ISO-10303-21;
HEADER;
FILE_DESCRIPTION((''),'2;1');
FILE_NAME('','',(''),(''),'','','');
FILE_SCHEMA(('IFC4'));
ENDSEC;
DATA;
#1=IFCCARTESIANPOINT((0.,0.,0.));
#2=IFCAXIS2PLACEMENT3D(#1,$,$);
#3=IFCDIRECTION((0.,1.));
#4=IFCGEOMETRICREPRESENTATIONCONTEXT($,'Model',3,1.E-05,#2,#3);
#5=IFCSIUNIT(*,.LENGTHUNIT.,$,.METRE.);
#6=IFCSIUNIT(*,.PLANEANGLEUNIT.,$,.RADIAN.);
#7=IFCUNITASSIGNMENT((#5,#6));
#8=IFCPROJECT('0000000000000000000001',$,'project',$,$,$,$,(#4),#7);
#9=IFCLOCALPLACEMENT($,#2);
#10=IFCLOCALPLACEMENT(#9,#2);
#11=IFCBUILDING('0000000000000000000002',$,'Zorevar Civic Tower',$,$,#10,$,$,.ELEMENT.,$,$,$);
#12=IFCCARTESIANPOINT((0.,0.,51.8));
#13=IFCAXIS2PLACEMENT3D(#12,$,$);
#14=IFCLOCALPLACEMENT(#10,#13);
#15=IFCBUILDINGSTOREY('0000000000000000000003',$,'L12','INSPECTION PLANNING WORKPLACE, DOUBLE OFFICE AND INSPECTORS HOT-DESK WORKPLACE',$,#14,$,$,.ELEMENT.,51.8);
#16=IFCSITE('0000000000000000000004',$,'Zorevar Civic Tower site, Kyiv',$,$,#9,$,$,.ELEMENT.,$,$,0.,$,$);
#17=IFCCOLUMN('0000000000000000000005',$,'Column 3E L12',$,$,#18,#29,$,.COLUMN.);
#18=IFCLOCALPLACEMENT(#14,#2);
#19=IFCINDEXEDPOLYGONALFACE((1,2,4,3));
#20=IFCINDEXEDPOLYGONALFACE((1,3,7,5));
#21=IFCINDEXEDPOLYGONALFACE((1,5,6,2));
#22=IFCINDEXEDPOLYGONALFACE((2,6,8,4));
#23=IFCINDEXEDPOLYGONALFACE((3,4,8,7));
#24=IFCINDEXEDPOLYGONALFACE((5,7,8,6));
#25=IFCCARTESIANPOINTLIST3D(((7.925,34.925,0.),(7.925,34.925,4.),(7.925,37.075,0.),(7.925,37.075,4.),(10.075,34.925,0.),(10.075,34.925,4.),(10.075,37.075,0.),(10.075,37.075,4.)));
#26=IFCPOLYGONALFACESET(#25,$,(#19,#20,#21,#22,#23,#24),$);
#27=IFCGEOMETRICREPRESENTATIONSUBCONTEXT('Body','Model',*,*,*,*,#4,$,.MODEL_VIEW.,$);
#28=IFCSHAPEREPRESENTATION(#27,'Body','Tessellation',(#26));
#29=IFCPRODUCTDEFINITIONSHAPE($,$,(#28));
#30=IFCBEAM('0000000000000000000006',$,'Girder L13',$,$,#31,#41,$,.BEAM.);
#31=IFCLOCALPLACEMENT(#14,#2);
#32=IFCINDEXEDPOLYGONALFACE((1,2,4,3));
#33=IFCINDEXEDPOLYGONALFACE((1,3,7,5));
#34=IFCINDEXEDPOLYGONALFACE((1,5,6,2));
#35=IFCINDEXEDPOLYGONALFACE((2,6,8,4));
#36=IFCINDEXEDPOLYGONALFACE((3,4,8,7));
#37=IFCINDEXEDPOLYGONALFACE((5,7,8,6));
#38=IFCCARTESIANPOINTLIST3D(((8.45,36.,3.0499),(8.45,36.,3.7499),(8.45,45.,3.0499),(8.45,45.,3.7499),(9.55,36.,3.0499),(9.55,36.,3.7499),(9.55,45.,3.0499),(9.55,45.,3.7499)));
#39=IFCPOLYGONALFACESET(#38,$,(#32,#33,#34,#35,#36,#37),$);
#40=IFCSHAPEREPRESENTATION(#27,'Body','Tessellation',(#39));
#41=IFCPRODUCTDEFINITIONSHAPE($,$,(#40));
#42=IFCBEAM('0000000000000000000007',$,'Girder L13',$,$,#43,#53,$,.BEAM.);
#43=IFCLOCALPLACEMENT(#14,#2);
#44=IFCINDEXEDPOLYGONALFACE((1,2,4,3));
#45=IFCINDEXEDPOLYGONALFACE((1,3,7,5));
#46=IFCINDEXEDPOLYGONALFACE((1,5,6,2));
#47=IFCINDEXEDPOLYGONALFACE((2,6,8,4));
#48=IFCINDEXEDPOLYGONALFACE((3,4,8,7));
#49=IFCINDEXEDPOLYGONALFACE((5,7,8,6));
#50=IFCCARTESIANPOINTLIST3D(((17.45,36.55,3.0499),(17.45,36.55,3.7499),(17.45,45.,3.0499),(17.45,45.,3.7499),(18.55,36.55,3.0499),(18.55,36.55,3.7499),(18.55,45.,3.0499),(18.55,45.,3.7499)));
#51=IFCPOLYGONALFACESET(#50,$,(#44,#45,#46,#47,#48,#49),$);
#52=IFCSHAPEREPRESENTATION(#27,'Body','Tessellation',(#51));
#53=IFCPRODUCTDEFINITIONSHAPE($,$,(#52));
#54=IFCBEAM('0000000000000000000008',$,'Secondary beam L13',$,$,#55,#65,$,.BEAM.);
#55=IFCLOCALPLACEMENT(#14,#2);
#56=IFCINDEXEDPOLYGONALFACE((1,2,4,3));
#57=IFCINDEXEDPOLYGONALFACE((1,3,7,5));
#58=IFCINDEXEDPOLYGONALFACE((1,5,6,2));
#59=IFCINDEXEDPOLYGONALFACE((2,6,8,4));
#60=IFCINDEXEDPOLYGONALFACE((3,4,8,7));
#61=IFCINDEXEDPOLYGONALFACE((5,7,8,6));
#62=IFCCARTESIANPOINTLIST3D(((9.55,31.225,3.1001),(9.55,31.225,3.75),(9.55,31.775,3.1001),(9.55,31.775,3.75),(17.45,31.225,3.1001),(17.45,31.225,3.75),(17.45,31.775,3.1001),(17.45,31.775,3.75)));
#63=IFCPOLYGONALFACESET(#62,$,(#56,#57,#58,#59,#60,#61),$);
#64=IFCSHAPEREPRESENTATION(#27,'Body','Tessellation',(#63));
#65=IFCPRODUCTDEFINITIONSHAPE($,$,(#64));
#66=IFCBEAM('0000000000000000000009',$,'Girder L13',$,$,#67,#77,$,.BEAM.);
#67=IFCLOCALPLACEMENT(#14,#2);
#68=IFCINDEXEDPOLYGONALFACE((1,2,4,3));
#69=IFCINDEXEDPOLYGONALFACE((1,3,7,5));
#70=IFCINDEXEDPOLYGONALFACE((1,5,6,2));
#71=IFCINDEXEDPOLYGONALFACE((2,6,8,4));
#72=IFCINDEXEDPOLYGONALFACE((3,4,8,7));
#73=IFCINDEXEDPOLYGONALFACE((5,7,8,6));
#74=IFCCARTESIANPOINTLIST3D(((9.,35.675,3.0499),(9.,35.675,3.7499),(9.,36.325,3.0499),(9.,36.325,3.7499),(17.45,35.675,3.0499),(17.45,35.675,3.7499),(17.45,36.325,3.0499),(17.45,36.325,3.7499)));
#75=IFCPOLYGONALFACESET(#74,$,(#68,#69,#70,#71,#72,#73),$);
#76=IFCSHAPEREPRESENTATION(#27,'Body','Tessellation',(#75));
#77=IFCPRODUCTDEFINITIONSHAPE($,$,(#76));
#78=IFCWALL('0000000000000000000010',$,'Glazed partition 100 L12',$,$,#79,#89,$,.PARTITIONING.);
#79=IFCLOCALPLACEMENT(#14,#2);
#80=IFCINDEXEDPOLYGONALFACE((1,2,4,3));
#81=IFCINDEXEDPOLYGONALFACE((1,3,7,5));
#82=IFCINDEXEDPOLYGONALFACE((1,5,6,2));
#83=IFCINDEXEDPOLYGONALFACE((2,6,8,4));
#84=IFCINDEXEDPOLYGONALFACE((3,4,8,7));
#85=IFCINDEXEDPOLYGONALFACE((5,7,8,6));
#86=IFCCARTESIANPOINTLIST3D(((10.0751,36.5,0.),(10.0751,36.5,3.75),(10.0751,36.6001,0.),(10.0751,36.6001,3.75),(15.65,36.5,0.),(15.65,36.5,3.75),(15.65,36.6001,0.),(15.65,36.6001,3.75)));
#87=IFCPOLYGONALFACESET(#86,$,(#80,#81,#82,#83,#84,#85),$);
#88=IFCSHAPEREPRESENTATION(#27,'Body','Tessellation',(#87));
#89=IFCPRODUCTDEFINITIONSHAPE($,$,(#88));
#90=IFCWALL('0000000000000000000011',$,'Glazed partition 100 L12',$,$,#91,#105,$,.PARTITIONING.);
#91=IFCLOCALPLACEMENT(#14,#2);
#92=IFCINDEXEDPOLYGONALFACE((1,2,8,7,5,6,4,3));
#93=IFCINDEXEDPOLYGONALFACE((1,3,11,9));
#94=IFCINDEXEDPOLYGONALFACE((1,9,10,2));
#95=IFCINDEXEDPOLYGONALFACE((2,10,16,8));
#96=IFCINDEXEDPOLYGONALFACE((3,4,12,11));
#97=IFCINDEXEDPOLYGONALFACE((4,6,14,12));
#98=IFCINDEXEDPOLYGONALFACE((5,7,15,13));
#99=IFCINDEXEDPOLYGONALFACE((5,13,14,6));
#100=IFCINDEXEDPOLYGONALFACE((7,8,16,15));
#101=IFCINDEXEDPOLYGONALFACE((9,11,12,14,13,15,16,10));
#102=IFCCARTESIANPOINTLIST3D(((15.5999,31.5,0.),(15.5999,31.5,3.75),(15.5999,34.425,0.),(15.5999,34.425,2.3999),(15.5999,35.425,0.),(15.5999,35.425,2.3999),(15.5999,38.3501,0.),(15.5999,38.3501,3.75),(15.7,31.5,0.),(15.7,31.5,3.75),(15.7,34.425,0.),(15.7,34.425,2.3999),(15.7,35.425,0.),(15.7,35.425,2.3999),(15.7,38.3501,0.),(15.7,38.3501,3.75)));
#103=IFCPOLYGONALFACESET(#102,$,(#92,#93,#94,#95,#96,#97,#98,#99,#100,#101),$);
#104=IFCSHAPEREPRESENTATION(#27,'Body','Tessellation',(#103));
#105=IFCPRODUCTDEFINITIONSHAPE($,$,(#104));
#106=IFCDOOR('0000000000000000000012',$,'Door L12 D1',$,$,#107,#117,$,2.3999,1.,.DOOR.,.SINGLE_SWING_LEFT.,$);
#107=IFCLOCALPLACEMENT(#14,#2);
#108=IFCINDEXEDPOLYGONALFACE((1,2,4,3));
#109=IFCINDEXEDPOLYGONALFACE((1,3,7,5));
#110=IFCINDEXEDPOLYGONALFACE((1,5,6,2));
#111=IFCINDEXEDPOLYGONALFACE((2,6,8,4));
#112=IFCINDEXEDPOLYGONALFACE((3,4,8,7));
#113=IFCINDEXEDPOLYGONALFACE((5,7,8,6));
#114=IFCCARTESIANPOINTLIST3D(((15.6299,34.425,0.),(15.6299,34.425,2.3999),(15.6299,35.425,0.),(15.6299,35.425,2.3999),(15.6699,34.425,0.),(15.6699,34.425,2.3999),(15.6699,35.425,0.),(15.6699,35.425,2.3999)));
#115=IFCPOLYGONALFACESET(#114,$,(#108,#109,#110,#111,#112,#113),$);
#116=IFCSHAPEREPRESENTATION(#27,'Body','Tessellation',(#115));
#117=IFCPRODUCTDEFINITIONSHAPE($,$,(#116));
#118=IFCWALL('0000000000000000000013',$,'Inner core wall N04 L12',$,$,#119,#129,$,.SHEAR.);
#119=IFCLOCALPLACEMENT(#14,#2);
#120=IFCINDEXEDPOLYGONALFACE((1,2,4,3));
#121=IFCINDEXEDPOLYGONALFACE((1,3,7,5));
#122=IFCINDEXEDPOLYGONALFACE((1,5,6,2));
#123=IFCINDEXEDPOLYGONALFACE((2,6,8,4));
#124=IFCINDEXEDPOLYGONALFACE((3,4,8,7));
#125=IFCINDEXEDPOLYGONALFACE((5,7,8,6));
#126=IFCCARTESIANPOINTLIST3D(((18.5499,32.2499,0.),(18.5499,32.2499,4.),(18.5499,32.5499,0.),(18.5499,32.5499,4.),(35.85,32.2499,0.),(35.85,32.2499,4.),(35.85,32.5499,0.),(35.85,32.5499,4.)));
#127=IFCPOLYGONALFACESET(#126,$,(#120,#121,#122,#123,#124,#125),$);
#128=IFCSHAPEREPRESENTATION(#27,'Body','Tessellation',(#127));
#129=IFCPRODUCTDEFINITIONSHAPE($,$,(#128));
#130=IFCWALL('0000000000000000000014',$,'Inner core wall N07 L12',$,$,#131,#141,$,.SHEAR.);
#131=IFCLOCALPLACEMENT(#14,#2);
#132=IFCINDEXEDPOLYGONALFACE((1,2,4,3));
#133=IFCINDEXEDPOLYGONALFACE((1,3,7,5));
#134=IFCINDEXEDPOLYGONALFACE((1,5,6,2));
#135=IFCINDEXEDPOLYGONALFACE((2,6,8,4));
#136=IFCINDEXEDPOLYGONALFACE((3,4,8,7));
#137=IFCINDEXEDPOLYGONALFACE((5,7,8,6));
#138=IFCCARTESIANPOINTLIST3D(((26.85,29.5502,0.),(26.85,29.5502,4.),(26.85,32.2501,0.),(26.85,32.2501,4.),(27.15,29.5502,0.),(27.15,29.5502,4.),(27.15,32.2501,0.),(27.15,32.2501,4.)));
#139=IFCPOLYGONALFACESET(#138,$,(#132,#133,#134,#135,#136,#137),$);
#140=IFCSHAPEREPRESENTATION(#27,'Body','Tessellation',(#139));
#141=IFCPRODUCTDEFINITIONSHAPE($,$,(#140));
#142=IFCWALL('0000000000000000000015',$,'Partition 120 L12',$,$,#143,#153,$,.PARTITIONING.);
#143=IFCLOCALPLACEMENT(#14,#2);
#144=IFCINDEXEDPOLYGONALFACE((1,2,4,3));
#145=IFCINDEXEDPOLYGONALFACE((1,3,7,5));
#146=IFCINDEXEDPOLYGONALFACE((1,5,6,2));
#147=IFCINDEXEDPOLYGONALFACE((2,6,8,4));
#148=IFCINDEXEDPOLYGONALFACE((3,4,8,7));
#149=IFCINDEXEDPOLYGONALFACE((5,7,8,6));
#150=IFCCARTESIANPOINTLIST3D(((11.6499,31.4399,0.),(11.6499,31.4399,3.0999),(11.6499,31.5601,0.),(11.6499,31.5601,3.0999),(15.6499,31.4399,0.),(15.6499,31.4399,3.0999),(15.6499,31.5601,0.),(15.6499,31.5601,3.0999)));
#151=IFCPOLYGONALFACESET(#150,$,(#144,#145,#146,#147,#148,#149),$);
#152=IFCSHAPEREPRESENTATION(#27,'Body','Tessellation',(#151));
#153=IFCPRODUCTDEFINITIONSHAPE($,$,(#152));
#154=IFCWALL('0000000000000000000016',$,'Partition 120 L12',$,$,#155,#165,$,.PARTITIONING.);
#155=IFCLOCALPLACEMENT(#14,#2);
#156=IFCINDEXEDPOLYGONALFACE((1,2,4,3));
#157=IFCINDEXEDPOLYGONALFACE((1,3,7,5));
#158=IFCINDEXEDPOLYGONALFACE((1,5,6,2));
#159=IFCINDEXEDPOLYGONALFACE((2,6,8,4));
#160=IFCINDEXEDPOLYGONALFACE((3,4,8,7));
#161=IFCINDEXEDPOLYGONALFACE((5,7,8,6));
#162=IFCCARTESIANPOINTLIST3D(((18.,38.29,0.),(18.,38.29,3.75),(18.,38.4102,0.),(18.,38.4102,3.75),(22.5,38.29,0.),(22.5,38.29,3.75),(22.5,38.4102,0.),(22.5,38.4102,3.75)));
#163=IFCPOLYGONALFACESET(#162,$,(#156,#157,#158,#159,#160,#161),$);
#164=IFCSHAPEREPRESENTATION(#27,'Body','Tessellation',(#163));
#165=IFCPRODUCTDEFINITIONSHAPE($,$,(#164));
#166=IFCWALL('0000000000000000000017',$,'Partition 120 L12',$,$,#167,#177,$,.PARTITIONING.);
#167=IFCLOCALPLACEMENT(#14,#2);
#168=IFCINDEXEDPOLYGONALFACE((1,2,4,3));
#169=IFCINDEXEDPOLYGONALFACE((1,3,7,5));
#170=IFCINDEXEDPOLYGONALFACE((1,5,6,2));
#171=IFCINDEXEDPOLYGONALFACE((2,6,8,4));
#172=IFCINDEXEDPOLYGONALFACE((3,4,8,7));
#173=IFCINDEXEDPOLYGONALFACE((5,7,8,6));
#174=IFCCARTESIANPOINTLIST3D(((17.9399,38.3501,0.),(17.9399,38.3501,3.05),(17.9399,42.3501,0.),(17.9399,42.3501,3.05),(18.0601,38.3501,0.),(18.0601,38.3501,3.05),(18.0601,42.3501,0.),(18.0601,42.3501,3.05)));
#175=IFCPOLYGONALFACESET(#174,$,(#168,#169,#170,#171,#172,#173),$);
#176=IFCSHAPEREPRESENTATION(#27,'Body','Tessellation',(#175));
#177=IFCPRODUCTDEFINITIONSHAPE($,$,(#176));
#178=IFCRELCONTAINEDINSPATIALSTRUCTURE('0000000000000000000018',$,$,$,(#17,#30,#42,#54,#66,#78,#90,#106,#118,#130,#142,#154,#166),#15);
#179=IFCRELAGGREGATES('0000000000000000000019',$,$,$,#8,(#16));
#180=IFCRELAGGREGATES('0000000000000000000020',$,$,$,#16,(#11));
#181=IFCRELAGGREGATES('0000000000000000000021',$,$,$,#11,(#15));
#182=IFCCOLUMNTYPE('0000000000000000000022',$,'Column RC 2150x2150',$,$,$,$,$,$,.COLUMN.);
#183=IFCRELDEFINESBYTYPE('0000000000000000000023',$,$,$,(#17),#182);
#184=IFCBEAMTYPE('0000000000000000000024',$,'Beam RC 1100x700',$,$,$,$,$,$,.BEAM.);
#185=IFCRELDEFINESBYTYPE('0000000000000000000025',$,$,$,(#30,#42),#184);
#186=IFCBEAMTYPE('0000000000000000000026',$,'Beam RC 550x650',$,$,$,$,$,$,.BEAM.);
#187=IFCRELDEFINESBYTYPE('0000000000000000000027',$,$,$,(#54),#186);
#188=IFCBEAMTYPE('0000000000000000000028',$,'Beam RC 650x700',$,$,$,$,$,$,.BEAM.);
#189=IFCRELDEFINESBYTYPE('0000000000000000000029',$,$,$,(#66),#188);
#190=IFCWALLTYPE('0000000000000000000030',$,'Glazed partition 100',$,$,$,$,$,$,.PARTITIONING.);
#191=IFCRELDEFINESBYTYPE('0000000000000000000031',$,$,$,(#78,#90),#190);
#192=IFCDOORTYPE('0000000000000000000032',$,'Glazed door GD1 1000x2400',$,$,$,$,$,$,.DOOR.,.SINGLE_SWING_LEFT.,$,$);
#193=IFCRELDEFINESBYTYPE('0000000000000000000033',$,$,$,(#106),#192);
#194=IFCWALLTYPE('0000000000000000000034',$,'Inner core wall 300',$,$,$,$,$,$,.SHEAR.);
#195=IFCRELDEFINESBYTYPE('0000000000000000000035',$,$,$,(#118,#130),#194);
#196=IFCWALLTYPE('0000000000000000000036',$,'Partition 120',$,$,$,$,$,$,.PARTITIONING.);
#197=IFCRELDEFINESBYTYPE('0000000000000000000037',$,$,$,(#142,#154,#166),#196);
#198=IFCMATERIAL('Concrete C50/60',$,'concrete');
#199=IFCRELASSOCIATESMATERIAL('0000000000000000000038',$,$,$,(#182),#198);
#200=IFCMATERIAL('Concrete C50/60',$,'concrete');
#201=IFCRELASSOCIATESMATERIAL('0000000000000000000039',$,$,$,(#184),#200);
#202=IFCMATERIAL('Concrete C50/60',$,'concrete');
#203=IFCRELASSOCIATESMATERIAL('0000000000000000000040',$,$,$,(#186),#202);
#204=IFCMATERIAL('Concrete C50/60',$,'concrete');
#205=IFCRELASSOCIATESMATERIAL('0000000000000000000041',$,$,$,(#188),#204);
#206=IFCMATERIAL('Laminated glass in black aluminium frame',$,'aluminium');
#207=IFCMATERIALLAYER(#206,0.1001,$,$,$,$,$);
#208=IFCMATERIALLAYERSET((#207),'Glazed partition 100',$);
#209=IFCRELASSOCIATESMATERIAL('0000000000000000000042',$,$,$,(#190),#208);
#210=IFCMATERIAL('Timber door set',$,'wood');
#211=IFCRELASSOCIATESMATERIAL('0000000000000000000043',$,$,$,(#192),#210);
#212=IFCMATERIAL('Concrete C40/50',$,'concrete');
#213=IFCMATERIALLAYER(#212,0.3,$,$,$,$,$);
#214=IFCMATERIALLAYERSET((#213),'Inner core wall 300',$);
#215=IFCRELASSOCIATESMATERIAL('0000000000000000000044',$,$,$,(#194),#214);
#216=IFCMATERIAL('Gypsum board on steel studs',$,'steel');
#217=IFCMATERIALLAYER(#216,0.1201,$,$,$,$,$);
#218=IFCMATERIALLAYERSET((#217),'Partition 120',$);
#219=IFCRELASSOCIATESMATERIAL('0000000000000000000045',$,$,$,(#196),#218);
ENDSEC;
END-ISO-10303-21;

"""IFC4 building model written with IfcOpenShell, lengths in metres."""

from ifc_helpers import new_model, si_unit, direction, frame, frame_2d, origin, origin_2d, place, context, subcontext, project, spatial, rectangle, extrude, material, layer, layer_set, material_profile, profile_set, type_object, element, fill, save


model = new_model("IFC4")

# Units and contexts
model_context = context("Model", 3, precision=1e-05, world=origin(), true_north=direction((0.0, 1.0)))
body_context = subcontext(model_context, "Body", "Model", "MODEL_VIEW")
ifc_project = project(units=[si_unit("LENGTHUNIT", "METRE"), si_unit("PLANEANGLEUNIT", "RADIAN")], contexts=[model_context])

# Site, building, storey
site_placement = place(None, origin())
site = spatial("IfcSite", under=ifc_project, at=site_placement, Name="Zorevar Civic Tower site, Kyiv", CompositionType="ELEMENT", RefElevation=0.0)
building_placement = place(site_placement, origin())
building = spatial("IfcBuilding", under=site, at=building_placement, Name="Zorevar Civic Tower", CompositionType="ELEMENT")
storey_placement = place(building_placement, frame((0.0, 0.0, 51.8)))
storey = spatial("IfcBuildingStorey", under=building, at=storey_placement, Name="L12", Description="INSPECTION PLANNING WORKPLACE, DOUBLE OFFICE AND INSPECTORS HOT-DESK WORKPLACE", CompositionType="ELEMENT", Elevation=51.8)

# Column
ifc_material_1 = material(Name="Concrete C50/60", Category="concrete")
ifc_material_profile_1 = material_profile(ifc_material_1, rectangle(XDim=2.1499, YDim=2.1499, at=origin_2d()), Name="RC 2150x2150")
ifc_profile_set_1 = profile_set([ifc_material_profile_1], Name="Concrete C50/60")
column_type = type_object("IfcColumnType", Name="Column RC 2150x2150", PredefinedType="COLUMN", material=ifc_profile_set_1)
column_placement = place(storey_placement, frame((9.0, 36.0, 0.0), z_axis=(0.0, 0.0, 1.0), x_axis=(1.0, 0.0, 0.0)))
element("IfcColumn", 1, at=column_placement, inside=storey, type_object=column_type, Name="Column 3E L12", PredefinedType="COLUMN", context=body_context, shape_type="SweptSolid", body=[
    extrude(rectangle(XDim=2.1499, YDim=2.1499, at=origin_2d()), origin(), (0.0, 0.0, 1.0), 4.0),
])

# Beams
ifc_material_2 = material(Name="Concrete C50/60", Category="concrete")
ifc_material_profile_2 = material_profile(ifc_material_2, rectangle(XDim=1.1001, YDim=0.7, at=origin_2d()), Name="RC 1100x700")
ifc_profile_set_2 = profile_set([ifc_material_profile_2], Name="Concrete C50/60")
beam_type_1 = type_object("IfcBeamType", Name="Beam RC 1100x700", PredefinedType="BEAM", material=ifc_profile_set_2)
beam_1_placement = place(storey_placement, frame((9.0, 36.0, 3.3999), z_axis=(0.0, 1.0, 0.0), x_axis=(-1.0, 0.0, 0.0)))
element("IfcBeam", 2, at=beam_1_placement, inside=storey, type_object=beam_type_1, Name="Girder L13", PredefinedType="BEAM", context=body_context, shape_type="SweptSolid", body=[
    extrude(rectangle(XDim=1.1001, YDim=0.7, at=origin_2d()), origin(), (0.0, 0.0, 1.0), 9.0),
])
beam_2_placement = place(storey_placement, frame((18.0, 36.55, 3.3999), z_axis=(0.0, 1.0, 0.0), x_axis=(-1.0, 0.0, 0.0)))
element("IfcBeam", 3, at=beam_2_placement, inside=storey, type_object=beam_type_1, Name="Girder L13", PredefinedType="BEAM", context=body_context, shape_type="SweptSolid", body=[
    extrude(rectangle(XDim=1.1001, YDim=0.7, at=origin_2d()), origin(), (0.0, 0.0, 1.0), 8.45),
])
ifc_material_3 = material(Name="Concrete C50/60", Category="concrete")
ifc_material_profile_3 = material_profile(ifc_material_3, rectangle(XDim=0.55, YDim=0.6499, at=origin_2d()), Name="RC 550x650")
ifc_profile_set_3 = profile_set([ifc_material_profile_3], Name="Concrete C50/60")
beam_type_2 = type_object("IfcBeamType", Name="Beam RC 550x650", PredefinedType="BEAM", material=ifc_profile_set_3)
beam_3_placement = place(storey_placement, frame((9.55, 31.5, 3.425), z_axis=(1.0, 0.0, 0.0), x_axis=(0.0, 1.0, 0.0)))
element("IfcBeam", 4, at=beam_3_placement, inside=storey, type_object=beam_type_2, Name="Secondary beam L13", PredefinedType="BEAM", context=body_context, shape_type="SweptSolid", body=[
    extrude(rectangle(XDim=0.55, YDim=0.6499, at=origin_2d()), origin(), (0.0, 0.0, 1.0), 7.8999),
])
ifc_material_4 = material(Name="Concrete C50/60", Category="concrete")
ifc_material_profile_4 = material_profile(ifc_material_4, rectangle(XDim=0.6499, YDim=0.7, at=origin_2d()), Name="RC 650x700")
ifc_profile_set_4 = profile_set([ifc_material_profile_4], Name="Concrete C50/60")
beam_type_3 = type_object("IfcBeamType", Name="Beam RC 650x700", PredefinedType="BEAM", material=ifc_profile_set_4)
beam_4_placement = place(storey_placement, frame((9.0, 36.0, 3.3999), z_axis=(1.0, 0.0, 0.0), x_axis=(0.0, 1.0, 0.0)))
element("IfcBeam", 5, at=beam_4_placement, inside=storey, type_object=beam_type_3, Name="Girder L13", PredefinedType="BEAM", context=body_context, shape_type="SweptSolid", body=[
    extrude(rectangle(XDim=0.6499, YDim=0.7, at=origin_2d()), origin(), (0.0, 0.0, 1.0), 8.45),
])

# Wall
ifc_material_5 = material(Name="Laminated glass in black aluminium frame", Category="aluminium")
ifc_layer_1 = layer(ifc_material_5, 0.1001)
ifc_layer_set_1 = layer_set([ifc_layer_1], Name="Glazed partition 100")
wall_type_1 = type_object("IfcWallType", Name="Glazed partition 100", PredefinedType="PARTITIONING", material=ifc_layer_set_1)
wall_1_placement = place(storey_placement, frame((10.075, 36.55, 0.0), z_axis=(0.0, 0.0, 1.0), x_axis=(1.0, 0.0, 0.0)))
element("IfcWall", 6, at=wall_1_placement, inside=storey, type_object=wall_type_1, Name="Glazed partition 100 L12", PredefinedType="PARTITIONING", context=body_context, shape_type="SweptSolid", body=[
    extrude(rectangle(XDim=5.575, YDim=0.1001, at=frame_2d((2.7876, 0.0))), origin(), (0.0, 0.0, 1.0), 3.75),
])

# Wall, opening, door
ifc_material_6 = material(Name="Timber door set", Category="wood")
door_type_1 = type_object("IfcDoorType", Name="Glazed door GD1 1000x2400", OperationType="SINGLE_SWING_LEFT", PredefinedType="DOOR", material=ifc_material_6)
wall_2_placement = place(storey_placement, frame((15.6499, 31.5, 0.0), z_axis=(0.0, 0.0, 1.0), x_axis=(0.0, 1.0, 0.0)))
wall_2 = element("IfcWall", 7, at=wall_2_placement, inside=storey, type_object=wall_type_1, Name="Glazed partition 100 L12", PredefinedType="PARTITIONING", context=body_context, shape_type="SweptSolid", body=[
    extrude(rectangle(XDim=6.8501, YDim=0.1001, at=frame_2d((3.425, 0.0))), origin(), (0.0, 0.0, 1.0), 3.75),
])
opening_1_placement = place(wall_2_placement, frame((2.925, 0.0, 0.0)))
opening_1 = element("IfcOpeningElement", 8, at=opening_1_placement, cuts=wall_2, PredefinedType="OPENING", context=body_context, shape_type="SweptSolid", body=[
    extrude(rectangle(XDim=1.0, YDim=2.3999, at=frame_2d((0.5, 1.2))), frame((0.0, 0.0601, 0.0), z_axis=(0.0, -1.0, 0.0), x_axis=(1.0, 0.0, 0.0)), (0.0, 0.0, 1.0), 0.1201),
])
door_1_placement = place(opening_1_placement, origin())
door_1 = element("IfcDoor", 9, at=door_1_placement, inside=storey, type_object=door_type_1, Name="Door L12 D1", OperationType="SINGLE_SWING_LEFT", OverallHeight=2.3999, OverallWidth=1.0, PredefinedType="DOOR", context=body_context, shape_type="SweptSolid", body=[
    extrude(rectangle(XDim=1.0, YDim=2.3999, at=frame_2d((0.5, 1.2))), frame((0.0, 0.02, 0.0), z_axis=(0.0, -1.0, 0.0), x_axis=(1.0, 0.0, 0.0)), (0.0, 0.0, 1.0), 0.04),
])
fill(opening_1, door_1)

# Walls
ifc_material_7 = material(Name="Concrete C40/50", Category="concrete")
ifc_layer_2 = layer(ifc_material_7, 0.3)
ifc_layer_set_2 = layer_set([ifc_layer_2], Name="Inner core wall 300")
wall_type_2 = type_object("IfcWallType", Name="Inner core wall 300", PredefinedType="SHEAR", material=ifc_layer_set_2)
wall_3_placement = place(storey_placement, frame((18.55, 32.3999, 0.0), z_axis=(0.0, 0.0, 1.0), x_axis=(1.0, 0.0, 0.0)))
element("IfcWall", 10, at=wall_3_placement, inside=storey, type_object=wall_type_2, Name="Inner core wall N04 L12", PredefinedType="SHEAR", context=body_context, shape_type="SweptSolid", body=[
    extrude(rectangle(XDim=17.3, YDim=0.3, at=frame_2d((8.6499, 0.0))), origin(), (0.0, 0.0, 1.0), 4.0),
])
wall_4_placement = place(storey_placement, frame((27.0, 29.55, 0.0), z_axis=(0.0, 0.0, 1.0), x_axis=(0.0, 1.0, 0.0)))
element("IfcWall", 11, at=wall_4_placement, inside=storey, type_object=wall_type_2, Name="Inner core wall N07 L12", PredefinedType="SHEAR", context=body_context, shape_type="SweptSolid", body=[
    extrude(rectangle(XDim=2.7, YDim=0.3, at=frame_2d((1.3501, 0.0))), origin(), (0.0, 0.0, 1.0), 4.0),
])
ifc_material_8 = material(Name="Gypsum board on steel studs", Category="steel")
ifc_layer_3 = layer(ifc_material_8, 0.1201)
ifc_layer_set_3 = layer_set([ifc_layer_3], Name="Partition 120")
wall_type_3 = type_object("IfcWallType", Name="Partition 120", PredefinedType="PARTITIONING", material=ifc_layer_set_3)
wall_5_placement = place(storey_placement, frame((11.6499, 31.5, 0.0), z_axis=(0.0, 0.0, 1.0), x_axis=(1.0, 0.0, 0.0)))
element("IfcWall", 12, at=wall_5_placement, inside=storey, type_object=wall_type_3, Name="Partition 120 L12", PredefinedType="PARTITIONING", context=body_context, shape_type="SweptSolid", body=[
    extrude(rectangle(XDim=4.0, YDim=0.1201, at=frame_2d((2.0, 0.0))), origin(), (0.0, 0.0, 1.0), 3.0999),
])
wall_6_placement = place(storey_placement, frame((18.0, 38.3501, 0.0), z_axis=(0.0, 0.0, 1.0), x_axis=(1.0, 0.0, 0.0)))
element("IfcWall", 13, at=wall_6_placement, inside=storey, type_object=wall_type_3, Name="Partition 120 L12", PredefinedType="PARTITIONING", context=body_context, shape_type="SweptSolid", body=[
    extrude(rectangle(XDim=4.5, YDim=0.1201, at=frame_2d((2.25, 0.0))), origin(), (0.0, 0.0, 1.0), 3.75),
])
wall_7_placement = place(storey_placement, frame((18.0, 38.3501, 0.0), z_axis=(0.0, 0.0, 1.0), x_axis=(0.0, 1.0, 0.0)))
element("IfcWall", 14, at=wall_7_placement, inside=storey, type_object=wall_type_3, Name="Partition 120 L12", PredefinedType="PARTITIONING", context=body_context, shape_type="SweptSolid", body=[
    extrude(rectangle(XDim=4.0, YDim=0.1201, at=frame_2d((2.0, 0.0))), origin(), (0.0, 0.0, 1.0), 3.05),
])

save(model, "model.ifc")
